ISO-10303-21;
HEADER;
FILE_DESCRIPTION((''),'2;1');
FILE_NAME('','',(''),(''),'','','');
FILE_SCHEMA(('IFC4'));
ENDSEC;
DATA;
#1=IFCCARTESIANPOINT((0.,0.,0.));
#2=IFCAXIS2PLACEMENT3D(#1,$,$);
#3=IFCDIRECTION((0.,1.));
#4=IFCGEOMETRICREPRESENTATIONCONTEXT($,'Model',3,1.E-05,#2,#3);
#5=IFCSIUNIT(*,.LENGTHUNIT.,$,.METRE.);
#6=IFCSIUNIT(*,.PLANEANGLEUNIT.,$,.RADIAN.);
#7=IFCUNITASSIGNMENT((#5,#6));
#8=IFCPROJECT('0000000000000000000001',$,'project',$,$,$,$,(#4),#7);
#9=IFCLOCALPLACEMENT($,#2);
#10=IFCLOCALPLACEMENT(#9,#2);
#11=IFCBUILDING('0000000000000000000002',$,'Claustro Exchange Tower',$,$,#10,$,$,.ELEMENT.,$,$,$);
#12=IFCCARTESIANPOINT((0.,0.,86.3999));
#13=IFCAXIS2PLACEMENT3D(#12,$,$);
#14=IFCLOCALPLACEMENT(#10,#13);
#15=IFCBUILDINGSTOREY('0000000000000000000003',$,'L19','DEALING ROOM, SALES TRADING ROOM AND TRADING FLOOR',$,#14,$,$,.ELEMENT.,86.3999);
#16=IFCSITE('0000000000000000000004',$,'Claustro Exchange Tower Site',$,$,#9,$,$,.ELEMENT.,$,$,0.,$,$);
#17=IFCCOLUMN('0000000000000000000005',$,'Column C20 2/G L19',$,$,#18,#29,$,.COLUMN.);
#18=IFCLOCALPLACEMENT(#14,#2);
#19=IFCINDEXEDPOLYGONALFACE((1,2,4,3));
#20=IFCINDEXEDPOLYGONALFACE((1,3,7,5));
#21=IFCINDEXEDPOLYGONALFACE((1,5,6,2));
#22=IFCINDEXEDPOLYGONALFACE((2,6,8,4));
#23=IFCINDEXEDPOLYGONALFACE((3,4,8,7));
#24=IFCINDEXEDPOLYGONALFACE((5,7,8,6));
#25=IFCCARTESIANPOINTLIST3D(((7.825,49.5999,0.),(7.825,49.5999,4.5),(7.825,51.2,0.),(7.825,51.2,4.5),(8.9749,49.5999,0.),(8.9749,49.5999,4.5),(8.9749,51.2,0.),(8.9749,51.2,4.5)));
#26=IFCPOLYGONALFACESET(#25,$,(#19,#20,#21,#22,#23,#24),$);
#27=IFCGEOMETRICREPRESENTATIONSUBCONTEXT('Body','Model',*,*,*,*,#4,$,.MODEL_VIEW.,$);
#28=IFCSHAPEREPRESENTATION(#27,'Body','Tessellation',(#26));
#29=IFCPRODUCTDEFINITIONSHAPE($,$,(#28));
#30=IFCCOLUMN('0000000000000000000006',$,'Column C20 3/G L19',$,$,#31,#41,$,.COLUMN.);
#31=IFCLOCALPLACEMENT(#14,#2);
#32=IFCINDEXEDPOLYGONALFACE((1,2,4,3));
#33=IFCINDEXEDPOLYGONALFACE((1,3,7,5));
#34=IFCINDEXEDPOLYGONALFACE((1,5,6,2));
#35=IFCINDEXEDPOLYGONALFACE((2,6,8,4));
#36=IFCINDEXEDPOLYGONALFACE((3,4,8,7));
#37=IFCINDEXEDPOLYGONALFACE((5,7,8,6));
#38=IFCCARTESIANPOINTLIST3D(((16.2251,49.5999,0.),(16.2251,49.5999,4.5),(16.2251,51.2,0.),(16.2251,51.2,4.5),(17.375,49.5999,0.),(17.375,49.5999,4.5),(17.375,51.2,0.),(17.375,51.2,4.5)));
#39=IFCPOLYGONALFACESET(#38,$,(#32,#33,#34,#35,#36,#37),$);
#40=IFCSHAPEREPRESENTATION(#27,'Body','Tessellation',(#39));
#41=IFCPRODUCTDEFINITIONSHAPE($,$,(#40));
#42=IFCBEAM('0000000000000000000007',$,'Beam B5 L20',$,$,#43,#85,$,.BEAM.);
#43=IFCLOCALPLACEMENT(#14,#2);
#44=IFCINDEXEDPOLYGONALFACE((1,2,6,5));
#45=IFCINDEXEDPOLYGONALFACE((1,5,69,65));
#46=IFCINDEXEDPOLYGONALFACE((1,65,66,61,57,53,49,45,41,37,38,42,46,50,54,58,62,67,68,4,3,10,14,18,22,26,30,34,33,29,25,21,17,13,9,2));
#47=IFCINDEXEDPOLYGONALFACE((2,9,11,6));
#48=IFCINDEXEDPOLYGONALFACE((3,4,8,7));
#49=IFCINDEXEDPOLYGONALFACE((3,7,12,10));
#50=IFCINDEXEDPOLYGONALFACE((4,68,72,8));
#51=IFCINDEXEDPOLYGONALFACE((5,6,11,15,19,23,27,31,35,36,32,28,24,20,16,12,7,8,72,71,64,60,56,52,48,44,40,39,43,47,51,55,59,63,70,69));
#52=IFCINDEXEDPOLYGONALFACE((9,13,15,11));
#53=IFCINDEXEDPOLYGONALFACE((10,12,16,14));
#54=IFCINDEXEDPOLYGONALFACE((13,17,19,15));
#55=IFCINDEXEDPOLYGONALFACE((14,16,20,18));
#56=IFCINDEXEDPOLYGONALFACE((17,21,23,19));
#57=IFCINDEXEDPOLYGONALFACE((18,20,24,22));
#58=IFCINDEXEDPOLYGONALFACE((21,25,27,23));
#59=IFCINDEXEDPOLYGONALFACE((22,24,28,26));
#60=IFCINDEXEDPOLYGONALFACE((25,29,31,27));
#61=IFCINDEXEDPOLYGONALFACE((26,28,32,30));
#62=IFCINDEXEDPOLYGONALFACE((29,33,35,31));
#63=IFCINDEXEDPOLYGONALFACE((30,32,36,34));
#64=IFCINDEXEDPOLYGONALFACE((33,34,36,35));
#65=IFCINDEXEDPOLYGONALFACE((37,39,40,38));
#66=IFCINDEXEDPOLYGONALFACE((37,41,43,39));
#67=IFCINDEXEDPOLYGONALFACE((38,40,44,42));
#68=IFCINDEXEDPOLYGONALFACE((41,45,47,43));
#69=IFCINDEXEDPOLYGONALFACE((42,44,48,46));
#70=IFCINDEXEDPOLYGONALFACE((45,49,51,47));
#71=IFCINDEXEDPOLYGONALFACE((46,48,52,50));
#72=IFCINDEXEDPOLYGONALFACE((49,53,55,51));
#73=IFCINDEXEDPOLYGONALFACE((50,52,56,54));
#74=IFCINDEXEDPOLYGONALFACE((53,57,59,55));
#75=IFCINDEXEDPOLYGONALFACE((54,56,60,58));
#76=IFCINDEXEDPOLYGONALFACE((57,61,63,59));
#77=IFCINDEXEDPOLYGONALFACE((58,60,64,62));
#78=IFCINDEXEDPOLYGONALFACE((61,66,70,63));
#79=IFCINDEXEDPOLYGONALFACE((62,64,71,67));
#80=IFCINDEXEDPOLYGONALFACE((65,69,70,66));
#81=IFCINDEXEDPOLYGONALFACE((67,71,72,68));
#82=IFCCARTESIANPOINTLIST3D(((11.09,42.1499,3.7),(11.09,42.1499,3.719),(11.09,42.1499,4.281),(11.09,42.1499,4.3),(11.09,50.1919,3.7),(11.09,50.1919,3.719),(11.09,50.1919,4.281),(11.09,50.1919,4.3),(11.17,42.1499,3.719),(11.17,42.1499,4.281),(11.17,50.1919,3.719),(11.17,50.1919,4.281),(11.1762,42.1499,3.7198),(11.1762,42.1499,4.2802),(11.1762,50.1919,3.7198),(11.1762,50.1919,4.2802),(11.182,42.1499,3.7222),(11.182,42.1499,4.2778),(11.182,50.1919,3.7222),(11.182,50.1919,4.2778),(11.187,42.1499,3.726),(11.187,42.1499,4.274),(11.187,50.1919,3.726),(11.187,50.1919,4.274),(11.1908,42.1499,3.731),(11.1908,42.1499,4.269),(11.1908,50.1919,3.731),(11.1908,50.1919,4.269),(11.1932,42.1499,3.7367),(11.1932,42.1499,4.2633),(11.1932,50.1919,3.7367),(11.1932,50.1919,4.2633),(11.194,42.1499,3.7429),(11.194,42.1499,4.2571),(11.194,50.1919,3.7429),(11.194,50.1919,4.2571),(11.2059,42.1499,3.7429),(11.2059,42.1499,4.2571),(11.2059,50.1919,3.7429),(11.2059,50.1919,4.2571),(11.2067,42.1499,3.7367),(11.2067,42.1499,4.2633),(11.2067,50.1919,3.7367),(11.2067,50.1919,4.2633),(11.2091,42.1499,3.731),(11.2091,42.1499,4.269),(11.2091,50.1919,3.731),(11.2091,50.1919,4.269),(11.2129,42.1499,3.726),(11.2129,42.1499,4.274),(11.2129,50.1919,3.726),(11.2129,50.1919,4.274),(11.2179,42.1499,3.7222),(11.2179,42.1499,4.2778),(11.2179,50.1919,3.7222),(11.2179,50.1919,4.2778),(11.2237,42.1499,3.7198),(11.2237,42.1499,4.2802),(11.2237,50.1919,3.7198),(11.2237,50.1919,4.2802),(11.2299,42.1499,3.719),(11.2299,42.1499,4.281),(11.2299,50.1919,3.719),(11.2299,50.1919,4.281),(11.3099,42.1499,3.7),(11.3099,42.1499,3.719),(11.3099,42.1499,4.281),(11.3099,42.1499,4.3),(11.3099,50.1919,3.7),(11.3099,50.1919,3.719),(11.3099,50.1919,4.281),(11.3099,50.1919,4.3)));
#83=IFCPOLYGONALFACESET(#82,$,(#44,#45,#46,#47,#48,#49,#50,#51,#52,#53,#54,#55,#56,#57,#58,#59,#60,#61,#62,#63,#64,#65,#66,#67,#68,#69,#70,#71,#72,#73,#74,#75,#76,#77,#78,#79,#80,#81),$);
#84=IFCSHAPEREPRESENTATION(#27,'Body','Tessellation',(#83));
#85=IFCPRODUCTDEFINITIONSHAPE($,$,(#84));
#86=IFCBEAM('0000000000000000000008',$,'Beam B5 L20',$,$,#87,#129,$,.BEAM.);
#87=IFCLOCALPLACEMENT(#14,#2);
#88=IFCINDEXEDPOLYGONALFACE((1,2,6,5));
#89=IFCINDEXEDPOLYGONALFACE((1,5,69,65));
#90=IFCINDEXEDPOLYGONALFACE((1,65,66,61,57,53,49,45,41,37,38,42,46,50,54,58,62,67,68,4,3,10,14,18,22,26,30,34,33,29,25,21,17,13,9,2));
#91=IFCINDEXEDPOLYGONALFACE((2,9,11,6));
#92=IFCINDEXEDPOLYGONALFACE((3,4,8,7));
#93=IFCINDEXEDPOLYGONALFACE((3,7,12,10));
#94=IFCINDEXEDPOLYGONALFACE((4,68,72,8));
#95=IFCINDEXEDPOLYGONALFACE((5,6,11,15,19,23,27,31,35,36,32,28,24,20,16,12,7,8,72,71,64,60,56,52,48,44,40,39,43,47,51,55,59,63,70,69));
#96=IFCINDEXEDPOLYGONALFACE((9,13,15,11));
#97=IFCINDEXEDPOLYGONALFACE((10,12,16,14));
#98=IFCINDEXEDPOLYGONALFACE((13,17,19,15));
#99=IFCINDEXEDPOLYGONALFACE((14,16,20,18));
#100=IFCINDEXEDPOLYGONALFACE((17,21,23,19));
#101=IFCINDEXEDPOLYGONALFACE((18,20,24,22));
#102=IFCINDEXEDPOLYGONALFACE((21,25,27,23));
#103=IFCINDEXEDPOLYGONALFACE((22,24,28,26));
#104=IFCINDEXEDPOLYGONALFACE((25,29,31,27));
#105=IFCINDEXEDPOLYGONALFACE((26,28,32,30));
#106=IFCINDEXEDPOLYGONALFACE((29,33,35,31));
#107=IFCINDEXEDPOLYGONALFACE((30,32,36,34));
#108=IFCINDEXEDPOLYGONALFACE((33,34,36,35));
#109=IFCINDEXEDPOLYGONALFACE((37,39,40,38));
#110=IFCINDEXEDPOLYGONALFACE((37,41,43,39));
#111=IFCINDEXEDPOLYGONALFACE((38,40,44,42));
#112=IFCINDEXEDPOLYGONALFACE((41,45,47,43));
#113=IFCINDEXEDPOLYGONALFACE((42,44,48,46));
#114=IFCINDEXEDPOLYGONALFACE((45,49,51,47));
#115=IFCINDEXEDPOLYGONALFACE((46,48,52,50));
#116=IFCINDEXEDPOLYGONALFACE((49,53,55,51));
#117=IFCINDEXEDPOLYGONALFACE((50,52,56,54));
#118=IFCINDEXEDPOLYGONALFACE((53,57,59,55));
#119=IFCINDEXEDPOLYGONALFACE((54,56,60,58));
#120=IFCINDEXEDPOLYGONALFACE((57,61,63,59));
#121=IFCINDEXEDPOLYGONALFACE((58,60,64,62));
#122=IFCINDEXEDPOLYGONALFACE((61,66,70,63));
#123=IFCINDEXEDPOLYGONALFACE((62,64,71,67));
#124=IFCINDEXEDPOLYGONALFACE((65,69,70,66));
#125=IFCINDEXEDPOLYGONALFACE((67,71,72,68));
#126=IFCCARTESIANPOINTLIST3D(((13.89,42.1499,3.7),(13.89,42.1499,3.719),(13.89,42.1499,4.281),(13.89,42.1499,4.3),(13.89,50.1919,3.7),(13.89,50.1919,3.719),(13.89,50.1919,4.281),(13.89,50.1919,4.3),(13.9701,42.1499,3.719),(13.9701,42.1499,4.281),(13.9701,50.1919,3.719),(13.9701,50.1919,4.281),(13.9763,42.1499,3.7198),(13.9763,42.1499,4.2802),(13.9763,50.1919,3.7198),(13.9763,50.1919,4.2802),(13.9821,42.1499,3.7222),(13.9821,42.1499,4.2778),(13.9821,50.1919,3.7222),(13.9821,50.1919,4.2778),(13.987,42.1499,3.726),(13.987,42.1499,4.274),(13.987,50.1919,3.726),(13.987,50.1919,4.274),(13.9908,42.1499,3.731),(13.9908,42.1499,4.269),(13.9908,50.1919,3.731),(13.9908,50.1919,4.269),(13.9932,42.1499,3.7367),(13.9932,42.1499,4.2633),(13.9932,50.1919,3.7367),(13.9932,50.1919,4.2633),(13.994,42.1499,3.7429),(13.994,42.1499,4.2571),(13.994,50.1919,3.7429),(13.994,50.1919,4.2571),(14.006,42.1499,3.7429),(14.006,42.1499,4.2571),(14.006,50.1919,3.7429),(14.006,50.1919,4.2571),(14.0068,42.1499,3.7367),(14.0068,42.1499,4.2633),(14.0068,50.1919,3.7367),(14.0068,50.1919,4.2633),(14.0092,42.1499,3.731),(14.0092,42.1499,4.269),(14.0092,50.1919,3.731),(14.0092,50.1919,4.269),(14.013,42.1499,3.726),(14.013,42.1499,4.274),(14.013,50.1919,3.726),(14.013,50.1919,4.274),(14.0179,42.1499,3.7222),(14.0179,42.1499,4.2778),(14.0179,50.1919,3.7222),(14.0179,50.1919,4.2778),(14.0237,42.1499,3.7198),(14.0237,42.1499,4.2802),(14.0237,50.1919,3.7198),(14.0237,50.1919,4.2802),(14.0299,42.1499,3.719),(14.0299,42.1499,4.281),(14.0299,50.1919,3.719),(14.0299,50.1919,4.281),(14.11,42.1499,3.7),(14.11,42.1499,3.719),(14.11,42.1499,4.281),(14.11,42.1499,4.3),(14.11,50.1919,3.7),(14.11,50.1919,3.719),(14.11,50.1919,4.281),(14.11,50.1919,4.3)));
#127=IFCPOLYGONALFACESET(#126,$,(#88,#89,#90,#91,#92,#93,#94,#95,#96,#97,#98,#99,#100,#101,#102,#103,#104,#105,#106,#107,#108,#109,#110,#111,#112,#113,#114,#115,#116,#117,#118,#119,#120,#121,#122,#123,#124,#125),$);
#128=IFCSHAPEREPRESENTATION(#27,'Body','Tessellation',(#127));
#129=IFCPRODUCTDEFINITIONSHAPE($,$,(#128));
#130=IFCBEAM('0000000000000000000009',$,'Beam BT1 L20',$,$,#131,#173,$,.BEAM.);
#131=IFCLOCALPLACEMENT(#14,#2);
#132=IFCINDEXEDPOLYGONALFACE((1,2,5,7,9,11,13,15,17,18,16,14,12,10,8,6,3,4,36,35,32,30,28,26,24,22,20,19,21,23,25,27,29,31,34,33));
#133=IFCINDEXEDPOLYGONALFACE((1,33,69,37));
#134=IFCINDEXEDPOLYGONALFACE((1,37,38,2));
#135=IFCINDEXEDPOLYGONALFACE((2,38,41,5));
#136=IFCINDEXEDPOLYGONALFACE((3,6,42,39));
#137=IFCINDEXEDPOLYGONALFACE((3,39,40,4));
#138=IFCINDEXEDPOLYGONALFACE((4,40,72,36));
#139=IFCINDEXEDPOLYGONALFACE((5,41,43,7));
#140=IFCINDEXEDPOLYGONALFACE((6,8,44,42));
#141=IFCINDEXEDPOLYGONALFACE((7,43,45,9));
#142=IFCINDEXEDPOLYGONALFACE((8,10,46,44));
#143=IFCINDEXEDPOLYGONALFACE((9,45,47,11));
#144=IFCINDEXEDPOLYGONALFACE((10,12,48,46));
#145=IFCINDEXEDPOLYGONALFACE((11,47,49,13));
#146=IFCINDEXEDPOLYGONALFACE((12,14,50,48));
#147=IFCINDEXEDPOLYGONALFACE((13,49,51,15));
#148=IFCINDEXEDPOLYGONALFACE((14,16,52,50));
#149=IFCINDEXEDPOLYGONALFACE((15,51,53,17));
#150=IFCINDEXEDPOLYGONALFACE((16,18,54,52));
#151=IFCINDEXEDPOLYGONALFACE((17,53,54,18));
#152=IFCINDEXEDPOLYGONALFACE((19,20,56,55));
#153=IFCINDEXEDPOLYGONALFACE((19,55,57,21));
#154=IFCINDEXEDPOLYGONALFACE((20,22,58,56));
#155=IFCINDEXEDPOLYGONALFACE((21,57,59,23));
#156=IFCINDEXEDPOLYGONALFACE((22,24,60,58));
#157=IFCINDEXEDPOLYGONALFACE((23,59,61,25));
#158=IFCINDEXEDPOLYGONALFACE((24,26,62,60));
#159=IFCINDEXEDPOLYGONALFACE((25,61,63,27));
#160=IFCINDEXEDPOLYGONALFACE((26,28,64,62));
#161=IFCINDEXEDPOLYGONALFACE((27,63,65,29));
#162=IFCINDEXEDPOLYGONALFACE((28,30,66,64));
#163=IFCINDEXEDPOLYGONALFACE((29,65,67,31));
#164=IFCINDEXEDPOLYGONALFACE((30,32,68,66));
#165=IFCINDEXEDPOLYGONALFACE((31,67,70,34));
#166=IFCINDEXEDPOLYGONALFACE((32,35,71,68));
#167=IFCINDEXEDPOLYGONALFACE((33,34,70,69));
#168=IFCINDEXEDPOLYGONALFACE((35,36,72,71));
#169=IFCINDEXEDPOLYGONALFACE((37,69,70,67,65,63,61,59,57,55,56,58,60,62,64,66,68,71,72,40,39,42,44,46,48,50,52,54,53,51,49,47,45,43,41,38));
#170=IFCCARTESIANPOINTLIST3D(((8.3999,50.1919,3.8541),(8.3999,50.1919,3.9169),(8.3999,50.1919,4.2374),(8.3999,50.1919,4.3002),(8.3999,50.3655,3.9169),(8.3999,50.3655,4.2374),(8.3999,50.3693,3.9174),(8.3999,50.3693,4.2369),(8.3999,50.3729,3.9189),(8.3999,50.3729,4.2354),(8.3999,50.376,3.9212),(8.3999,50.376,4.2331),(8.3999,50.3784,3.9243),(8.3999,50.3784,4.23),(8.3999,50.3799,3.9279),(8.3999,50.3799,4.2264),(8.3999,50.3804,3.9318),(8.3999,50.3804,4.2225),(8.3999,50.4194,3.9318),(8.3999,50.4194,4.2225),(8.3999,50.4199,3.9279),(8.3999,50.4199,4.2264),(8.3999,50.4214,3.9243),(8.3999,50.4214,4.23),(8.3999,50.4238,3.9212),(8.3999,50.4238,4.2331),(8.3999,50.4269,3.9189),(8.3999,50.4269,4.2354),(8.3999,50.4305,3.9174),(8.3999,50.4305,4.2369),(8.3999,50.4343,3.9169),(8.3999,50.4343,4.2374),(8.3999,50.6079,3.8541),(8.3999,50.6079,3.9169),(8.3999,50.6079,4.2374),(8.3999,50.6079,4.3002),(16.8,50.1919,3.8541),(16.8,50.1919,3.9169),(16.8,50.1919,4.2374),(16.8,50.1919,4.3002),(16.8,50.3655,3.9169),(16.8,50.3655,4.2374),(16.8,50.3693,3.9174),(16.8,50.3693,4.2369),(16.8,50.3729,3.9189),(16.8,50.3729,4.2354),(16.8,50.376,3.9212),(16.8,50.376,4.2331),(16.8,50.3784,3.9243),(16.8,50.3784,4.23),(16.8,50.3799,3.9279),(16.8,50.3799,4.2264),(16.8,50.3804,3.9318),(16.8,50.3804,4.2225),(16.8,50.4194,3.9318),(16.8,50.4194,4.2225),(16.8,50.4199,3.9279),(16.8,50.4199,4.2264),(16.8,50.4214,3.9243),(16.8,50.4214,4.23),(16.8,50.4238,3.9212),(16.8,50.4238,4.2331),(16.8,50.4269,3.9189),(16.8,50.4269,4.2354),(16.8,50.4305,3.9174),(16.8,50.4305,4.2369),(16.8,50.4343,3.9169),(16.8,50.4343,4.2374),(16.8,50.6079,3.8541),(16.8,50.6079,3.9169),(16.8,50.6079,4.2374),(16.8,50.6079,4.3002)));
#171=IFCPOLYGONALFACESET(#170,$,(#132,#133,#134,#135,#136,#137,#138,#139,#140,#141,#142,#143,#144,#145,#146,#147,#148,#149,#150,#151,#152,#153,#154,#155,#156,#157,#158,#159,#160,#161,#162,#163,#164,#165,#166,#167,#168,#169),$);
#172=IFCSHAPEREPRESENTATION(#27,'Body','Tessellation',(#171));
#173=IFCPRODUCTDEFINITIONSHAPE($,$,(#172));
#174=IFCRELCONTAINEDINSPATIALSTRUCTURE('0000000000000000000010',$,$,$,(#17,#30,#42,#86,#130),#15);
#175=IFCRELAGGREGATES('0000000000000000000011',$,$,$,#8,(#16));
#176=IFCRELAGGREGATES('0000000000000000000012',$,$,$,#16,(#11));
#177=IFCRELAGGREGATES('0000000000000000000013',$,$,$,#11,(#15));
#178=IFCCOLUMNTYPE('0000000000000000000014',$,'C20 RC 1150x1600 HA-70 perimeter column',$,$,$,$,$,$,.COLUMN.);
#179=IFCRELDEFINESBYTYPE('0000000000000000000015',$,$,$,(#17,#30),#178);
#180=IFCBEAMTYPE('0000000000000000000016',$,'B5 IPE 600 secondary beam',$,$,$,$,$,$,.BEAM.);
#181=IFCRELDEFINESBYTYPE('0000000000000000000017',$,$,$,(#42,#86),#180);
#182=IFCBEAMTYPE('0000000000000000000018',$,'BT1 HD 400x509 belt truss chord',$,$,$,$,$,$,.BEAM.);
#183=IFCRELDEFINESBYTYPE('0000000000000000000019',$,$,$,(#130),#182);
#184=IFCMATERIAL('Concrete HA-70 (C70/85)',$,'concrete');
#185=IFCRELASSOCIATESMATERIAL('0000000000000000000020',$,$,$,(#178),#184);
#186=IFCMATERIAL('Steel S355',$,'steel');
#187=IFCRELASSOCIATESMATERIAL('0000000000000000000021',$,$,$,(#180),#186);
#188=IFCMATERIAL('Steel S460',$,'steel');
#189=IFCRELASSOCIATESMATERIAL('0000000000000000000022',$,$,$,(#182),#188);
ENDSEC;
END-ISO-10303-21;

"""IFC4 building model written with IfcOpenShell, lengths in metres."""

from ifc_helpers import new_model, si_unit, direction, frame, origin, origin_2d, place, context, subcontext, project, spatial, rectangle, i_section, extrude, material, material_profile, profile_set, type_object, element, save


model = new_model("IFC4")

# Units and contexts
model_context = context("Model", 3, precision=1e-05, world=origin(), true_north=direction((0.0, 1.0)))
body_context = subcontext(model_context, "Body", "Model", "MODEL_VIEW")
ifc_project = project(units=[si_unit("LENGTHUNIT", "METRE"), si_unit("PLANEANGLEUNIT", "RADIAN")], contexts=[model_context])

# Site, building, storey
site_placement = place(None, origin())
site = spatial("IfcSite", under=ifc_project, at=site_placement, Name="Claustro Exchange Tower Site", CompositionType="ELEMENT", RefElevation=0.0)
building_placement = place(site_placement, origin())
building = spatial("IfcBuilding", under=site, at=building_placement, Name="Claustro Exchange Tower", CompositionType="ELEMENT")
storey_placement = place(building_placement, frame((0.0, 0.0, 86.3999)))
storey = spatial("IfcBuildingStorey", under=building, at=storey_placement, Name="L19", Description="DEALING ROOM, SALES TRADING ROOM AND TRADING FLOOR", CompositionType="ELEMENT", Elevation=86.3999)

# Columns
ifc_material_1 = material(Name="Concrete HA-70 (C70/85)", Category="concrete")
ifc_material_profile_1 = material_profile(ifc_material_1, rectangle(XDim=1.1499, YDim=1.6001, at=origin_2d()), Name="RC 1150x1600")
ifc_profile_set_1 = profile_set([ifc_material_profile_1], Name="Concrete HA-70 (C70/85)")
column_type = type_object("IfcColumnType", Name="C20 RC 1150x1600 HA-70 perimeter column", PredefinedType="COLUMN", material=ifc_profile_set_1)
for number, where, z_axis, x_axis, name in (
    (1, (8.3999, 50.3999, 0.0), (0.0, 0.0, 1.0), (1.0, 0.0, 0.0), "Column C20 2/G L19"),
    (2, (16.8, 50.3999, 0.0), (0.0, 0.0, 1.0), (1.0, 0.0, 0.0), "Column C20 3/G L19"),
):
    element("IfcColumn", number, at=place(storey_placement, frame(where, z_axis=z_axis, x_axis=x_axis)), inside=storey, type_object=column_type, Name=name, PredefinedType="COLUMN", context=body_context, shape_type="SweptSolid", body=[
        extrude(rectangle(XDim=1.1499, YDim=1.6001, at=origin_2d()), origin(), (0.0, 0.0, 1.0), 4.5),
    ])

# Beams
ifc_material_2 = material(Name="Steel S355", Category="steel")
ifc_material_profile_2 = material_profile(ifc_material_2, i_section(OverallWidth=0.22, OverallDepth=0.6001, WebThickness=0.012, FlangeThickness=0.019, FilletRadius=0.0239, at=origin_2d()), Name="IPE 600")
ifc_profile_set_2 = profile_set([ifc_material_profile_2], Name="Steel S355")
beam_type_1 = type_object("IfcBeamType", Name="B5 IPE 600 secondary beam", PredefinedType="BEAM", material=ifc_profile_set_2)
for number, where, z_axis, x_axis, name in (
    (3, (11.2, 42.1499, 4.0), (0.0, 1.0, 0.0), (-1.0, 0.0, 0.0), "Beam B5 L20"),
    (4, (14.0, 42.1499, 4.0), (0.0, 1.0, 0.0), (-1.0, 0.0, 0.0), "Beam B5 L20"),
):
    element("IfcBeam", number, at=place(storey_placement, frame(where, z_axis=z_axis, x_axis=x_axis)), inside=storey, type_object=beam_type_1, Name=name, PredefinedType="BEAM", context=body_context, shape_type="SweptSolid", body=[
        extrude(i_section(OverallWidth=0.22, OverallDepth=0.6001, WebThickness=0.012, FlangeThickness=0.019, FilletRadius=0.0239, at=origin_2d()), origin(), (0.0, 0.0, 1.0), 8.042),
    ])
ifc_material_3 = material(Name="Steel S460", Category="steel")
ifc_material_profile_3 = material_profile(ifc_material_3, i_section(OverallWidth=0.416, OverallDepth=0.446, WebThickness=0.0391, FlangeThickness=0.0627, FilletRadius=0.0149, at=origin_2d()), Name="HD 400x509")
ifc_profile_set_3 = profile_set([ifc_material_profile_3], Name="Steel S460")
beam_type_2 = type_object("IfcBeamType", Name="BT1 HD 400x509 belt truss chord", PredefinedType="BEAM", material=ifc_profile_set_3)
beam_1_placement = place(storey_placement, frame((8.3999, 50.3999, 4.0771), z_axis=(1.0, 0.0, 0.0), x_axis=(0.0, 1.0, 0.0)))
element("IfcBeam", 5, at=beam_1_placement, inside=storey, type_object=beam_type_2, Name="Beam BT1 L20", PredefinedType="BEAM", context=body_context, shape_type="SweptSolid", body=[
    extrude(i_section(OverallWidth=0.416, OverallDepth=0.446, WebThickness=0.0391, FlangeThickness=0.0627, FilletRadius=0.0149, at=origin_2d()), origin(), (0.0, 0.0, 1.0), 8.4001),
])

save(model, "model.ifc")
